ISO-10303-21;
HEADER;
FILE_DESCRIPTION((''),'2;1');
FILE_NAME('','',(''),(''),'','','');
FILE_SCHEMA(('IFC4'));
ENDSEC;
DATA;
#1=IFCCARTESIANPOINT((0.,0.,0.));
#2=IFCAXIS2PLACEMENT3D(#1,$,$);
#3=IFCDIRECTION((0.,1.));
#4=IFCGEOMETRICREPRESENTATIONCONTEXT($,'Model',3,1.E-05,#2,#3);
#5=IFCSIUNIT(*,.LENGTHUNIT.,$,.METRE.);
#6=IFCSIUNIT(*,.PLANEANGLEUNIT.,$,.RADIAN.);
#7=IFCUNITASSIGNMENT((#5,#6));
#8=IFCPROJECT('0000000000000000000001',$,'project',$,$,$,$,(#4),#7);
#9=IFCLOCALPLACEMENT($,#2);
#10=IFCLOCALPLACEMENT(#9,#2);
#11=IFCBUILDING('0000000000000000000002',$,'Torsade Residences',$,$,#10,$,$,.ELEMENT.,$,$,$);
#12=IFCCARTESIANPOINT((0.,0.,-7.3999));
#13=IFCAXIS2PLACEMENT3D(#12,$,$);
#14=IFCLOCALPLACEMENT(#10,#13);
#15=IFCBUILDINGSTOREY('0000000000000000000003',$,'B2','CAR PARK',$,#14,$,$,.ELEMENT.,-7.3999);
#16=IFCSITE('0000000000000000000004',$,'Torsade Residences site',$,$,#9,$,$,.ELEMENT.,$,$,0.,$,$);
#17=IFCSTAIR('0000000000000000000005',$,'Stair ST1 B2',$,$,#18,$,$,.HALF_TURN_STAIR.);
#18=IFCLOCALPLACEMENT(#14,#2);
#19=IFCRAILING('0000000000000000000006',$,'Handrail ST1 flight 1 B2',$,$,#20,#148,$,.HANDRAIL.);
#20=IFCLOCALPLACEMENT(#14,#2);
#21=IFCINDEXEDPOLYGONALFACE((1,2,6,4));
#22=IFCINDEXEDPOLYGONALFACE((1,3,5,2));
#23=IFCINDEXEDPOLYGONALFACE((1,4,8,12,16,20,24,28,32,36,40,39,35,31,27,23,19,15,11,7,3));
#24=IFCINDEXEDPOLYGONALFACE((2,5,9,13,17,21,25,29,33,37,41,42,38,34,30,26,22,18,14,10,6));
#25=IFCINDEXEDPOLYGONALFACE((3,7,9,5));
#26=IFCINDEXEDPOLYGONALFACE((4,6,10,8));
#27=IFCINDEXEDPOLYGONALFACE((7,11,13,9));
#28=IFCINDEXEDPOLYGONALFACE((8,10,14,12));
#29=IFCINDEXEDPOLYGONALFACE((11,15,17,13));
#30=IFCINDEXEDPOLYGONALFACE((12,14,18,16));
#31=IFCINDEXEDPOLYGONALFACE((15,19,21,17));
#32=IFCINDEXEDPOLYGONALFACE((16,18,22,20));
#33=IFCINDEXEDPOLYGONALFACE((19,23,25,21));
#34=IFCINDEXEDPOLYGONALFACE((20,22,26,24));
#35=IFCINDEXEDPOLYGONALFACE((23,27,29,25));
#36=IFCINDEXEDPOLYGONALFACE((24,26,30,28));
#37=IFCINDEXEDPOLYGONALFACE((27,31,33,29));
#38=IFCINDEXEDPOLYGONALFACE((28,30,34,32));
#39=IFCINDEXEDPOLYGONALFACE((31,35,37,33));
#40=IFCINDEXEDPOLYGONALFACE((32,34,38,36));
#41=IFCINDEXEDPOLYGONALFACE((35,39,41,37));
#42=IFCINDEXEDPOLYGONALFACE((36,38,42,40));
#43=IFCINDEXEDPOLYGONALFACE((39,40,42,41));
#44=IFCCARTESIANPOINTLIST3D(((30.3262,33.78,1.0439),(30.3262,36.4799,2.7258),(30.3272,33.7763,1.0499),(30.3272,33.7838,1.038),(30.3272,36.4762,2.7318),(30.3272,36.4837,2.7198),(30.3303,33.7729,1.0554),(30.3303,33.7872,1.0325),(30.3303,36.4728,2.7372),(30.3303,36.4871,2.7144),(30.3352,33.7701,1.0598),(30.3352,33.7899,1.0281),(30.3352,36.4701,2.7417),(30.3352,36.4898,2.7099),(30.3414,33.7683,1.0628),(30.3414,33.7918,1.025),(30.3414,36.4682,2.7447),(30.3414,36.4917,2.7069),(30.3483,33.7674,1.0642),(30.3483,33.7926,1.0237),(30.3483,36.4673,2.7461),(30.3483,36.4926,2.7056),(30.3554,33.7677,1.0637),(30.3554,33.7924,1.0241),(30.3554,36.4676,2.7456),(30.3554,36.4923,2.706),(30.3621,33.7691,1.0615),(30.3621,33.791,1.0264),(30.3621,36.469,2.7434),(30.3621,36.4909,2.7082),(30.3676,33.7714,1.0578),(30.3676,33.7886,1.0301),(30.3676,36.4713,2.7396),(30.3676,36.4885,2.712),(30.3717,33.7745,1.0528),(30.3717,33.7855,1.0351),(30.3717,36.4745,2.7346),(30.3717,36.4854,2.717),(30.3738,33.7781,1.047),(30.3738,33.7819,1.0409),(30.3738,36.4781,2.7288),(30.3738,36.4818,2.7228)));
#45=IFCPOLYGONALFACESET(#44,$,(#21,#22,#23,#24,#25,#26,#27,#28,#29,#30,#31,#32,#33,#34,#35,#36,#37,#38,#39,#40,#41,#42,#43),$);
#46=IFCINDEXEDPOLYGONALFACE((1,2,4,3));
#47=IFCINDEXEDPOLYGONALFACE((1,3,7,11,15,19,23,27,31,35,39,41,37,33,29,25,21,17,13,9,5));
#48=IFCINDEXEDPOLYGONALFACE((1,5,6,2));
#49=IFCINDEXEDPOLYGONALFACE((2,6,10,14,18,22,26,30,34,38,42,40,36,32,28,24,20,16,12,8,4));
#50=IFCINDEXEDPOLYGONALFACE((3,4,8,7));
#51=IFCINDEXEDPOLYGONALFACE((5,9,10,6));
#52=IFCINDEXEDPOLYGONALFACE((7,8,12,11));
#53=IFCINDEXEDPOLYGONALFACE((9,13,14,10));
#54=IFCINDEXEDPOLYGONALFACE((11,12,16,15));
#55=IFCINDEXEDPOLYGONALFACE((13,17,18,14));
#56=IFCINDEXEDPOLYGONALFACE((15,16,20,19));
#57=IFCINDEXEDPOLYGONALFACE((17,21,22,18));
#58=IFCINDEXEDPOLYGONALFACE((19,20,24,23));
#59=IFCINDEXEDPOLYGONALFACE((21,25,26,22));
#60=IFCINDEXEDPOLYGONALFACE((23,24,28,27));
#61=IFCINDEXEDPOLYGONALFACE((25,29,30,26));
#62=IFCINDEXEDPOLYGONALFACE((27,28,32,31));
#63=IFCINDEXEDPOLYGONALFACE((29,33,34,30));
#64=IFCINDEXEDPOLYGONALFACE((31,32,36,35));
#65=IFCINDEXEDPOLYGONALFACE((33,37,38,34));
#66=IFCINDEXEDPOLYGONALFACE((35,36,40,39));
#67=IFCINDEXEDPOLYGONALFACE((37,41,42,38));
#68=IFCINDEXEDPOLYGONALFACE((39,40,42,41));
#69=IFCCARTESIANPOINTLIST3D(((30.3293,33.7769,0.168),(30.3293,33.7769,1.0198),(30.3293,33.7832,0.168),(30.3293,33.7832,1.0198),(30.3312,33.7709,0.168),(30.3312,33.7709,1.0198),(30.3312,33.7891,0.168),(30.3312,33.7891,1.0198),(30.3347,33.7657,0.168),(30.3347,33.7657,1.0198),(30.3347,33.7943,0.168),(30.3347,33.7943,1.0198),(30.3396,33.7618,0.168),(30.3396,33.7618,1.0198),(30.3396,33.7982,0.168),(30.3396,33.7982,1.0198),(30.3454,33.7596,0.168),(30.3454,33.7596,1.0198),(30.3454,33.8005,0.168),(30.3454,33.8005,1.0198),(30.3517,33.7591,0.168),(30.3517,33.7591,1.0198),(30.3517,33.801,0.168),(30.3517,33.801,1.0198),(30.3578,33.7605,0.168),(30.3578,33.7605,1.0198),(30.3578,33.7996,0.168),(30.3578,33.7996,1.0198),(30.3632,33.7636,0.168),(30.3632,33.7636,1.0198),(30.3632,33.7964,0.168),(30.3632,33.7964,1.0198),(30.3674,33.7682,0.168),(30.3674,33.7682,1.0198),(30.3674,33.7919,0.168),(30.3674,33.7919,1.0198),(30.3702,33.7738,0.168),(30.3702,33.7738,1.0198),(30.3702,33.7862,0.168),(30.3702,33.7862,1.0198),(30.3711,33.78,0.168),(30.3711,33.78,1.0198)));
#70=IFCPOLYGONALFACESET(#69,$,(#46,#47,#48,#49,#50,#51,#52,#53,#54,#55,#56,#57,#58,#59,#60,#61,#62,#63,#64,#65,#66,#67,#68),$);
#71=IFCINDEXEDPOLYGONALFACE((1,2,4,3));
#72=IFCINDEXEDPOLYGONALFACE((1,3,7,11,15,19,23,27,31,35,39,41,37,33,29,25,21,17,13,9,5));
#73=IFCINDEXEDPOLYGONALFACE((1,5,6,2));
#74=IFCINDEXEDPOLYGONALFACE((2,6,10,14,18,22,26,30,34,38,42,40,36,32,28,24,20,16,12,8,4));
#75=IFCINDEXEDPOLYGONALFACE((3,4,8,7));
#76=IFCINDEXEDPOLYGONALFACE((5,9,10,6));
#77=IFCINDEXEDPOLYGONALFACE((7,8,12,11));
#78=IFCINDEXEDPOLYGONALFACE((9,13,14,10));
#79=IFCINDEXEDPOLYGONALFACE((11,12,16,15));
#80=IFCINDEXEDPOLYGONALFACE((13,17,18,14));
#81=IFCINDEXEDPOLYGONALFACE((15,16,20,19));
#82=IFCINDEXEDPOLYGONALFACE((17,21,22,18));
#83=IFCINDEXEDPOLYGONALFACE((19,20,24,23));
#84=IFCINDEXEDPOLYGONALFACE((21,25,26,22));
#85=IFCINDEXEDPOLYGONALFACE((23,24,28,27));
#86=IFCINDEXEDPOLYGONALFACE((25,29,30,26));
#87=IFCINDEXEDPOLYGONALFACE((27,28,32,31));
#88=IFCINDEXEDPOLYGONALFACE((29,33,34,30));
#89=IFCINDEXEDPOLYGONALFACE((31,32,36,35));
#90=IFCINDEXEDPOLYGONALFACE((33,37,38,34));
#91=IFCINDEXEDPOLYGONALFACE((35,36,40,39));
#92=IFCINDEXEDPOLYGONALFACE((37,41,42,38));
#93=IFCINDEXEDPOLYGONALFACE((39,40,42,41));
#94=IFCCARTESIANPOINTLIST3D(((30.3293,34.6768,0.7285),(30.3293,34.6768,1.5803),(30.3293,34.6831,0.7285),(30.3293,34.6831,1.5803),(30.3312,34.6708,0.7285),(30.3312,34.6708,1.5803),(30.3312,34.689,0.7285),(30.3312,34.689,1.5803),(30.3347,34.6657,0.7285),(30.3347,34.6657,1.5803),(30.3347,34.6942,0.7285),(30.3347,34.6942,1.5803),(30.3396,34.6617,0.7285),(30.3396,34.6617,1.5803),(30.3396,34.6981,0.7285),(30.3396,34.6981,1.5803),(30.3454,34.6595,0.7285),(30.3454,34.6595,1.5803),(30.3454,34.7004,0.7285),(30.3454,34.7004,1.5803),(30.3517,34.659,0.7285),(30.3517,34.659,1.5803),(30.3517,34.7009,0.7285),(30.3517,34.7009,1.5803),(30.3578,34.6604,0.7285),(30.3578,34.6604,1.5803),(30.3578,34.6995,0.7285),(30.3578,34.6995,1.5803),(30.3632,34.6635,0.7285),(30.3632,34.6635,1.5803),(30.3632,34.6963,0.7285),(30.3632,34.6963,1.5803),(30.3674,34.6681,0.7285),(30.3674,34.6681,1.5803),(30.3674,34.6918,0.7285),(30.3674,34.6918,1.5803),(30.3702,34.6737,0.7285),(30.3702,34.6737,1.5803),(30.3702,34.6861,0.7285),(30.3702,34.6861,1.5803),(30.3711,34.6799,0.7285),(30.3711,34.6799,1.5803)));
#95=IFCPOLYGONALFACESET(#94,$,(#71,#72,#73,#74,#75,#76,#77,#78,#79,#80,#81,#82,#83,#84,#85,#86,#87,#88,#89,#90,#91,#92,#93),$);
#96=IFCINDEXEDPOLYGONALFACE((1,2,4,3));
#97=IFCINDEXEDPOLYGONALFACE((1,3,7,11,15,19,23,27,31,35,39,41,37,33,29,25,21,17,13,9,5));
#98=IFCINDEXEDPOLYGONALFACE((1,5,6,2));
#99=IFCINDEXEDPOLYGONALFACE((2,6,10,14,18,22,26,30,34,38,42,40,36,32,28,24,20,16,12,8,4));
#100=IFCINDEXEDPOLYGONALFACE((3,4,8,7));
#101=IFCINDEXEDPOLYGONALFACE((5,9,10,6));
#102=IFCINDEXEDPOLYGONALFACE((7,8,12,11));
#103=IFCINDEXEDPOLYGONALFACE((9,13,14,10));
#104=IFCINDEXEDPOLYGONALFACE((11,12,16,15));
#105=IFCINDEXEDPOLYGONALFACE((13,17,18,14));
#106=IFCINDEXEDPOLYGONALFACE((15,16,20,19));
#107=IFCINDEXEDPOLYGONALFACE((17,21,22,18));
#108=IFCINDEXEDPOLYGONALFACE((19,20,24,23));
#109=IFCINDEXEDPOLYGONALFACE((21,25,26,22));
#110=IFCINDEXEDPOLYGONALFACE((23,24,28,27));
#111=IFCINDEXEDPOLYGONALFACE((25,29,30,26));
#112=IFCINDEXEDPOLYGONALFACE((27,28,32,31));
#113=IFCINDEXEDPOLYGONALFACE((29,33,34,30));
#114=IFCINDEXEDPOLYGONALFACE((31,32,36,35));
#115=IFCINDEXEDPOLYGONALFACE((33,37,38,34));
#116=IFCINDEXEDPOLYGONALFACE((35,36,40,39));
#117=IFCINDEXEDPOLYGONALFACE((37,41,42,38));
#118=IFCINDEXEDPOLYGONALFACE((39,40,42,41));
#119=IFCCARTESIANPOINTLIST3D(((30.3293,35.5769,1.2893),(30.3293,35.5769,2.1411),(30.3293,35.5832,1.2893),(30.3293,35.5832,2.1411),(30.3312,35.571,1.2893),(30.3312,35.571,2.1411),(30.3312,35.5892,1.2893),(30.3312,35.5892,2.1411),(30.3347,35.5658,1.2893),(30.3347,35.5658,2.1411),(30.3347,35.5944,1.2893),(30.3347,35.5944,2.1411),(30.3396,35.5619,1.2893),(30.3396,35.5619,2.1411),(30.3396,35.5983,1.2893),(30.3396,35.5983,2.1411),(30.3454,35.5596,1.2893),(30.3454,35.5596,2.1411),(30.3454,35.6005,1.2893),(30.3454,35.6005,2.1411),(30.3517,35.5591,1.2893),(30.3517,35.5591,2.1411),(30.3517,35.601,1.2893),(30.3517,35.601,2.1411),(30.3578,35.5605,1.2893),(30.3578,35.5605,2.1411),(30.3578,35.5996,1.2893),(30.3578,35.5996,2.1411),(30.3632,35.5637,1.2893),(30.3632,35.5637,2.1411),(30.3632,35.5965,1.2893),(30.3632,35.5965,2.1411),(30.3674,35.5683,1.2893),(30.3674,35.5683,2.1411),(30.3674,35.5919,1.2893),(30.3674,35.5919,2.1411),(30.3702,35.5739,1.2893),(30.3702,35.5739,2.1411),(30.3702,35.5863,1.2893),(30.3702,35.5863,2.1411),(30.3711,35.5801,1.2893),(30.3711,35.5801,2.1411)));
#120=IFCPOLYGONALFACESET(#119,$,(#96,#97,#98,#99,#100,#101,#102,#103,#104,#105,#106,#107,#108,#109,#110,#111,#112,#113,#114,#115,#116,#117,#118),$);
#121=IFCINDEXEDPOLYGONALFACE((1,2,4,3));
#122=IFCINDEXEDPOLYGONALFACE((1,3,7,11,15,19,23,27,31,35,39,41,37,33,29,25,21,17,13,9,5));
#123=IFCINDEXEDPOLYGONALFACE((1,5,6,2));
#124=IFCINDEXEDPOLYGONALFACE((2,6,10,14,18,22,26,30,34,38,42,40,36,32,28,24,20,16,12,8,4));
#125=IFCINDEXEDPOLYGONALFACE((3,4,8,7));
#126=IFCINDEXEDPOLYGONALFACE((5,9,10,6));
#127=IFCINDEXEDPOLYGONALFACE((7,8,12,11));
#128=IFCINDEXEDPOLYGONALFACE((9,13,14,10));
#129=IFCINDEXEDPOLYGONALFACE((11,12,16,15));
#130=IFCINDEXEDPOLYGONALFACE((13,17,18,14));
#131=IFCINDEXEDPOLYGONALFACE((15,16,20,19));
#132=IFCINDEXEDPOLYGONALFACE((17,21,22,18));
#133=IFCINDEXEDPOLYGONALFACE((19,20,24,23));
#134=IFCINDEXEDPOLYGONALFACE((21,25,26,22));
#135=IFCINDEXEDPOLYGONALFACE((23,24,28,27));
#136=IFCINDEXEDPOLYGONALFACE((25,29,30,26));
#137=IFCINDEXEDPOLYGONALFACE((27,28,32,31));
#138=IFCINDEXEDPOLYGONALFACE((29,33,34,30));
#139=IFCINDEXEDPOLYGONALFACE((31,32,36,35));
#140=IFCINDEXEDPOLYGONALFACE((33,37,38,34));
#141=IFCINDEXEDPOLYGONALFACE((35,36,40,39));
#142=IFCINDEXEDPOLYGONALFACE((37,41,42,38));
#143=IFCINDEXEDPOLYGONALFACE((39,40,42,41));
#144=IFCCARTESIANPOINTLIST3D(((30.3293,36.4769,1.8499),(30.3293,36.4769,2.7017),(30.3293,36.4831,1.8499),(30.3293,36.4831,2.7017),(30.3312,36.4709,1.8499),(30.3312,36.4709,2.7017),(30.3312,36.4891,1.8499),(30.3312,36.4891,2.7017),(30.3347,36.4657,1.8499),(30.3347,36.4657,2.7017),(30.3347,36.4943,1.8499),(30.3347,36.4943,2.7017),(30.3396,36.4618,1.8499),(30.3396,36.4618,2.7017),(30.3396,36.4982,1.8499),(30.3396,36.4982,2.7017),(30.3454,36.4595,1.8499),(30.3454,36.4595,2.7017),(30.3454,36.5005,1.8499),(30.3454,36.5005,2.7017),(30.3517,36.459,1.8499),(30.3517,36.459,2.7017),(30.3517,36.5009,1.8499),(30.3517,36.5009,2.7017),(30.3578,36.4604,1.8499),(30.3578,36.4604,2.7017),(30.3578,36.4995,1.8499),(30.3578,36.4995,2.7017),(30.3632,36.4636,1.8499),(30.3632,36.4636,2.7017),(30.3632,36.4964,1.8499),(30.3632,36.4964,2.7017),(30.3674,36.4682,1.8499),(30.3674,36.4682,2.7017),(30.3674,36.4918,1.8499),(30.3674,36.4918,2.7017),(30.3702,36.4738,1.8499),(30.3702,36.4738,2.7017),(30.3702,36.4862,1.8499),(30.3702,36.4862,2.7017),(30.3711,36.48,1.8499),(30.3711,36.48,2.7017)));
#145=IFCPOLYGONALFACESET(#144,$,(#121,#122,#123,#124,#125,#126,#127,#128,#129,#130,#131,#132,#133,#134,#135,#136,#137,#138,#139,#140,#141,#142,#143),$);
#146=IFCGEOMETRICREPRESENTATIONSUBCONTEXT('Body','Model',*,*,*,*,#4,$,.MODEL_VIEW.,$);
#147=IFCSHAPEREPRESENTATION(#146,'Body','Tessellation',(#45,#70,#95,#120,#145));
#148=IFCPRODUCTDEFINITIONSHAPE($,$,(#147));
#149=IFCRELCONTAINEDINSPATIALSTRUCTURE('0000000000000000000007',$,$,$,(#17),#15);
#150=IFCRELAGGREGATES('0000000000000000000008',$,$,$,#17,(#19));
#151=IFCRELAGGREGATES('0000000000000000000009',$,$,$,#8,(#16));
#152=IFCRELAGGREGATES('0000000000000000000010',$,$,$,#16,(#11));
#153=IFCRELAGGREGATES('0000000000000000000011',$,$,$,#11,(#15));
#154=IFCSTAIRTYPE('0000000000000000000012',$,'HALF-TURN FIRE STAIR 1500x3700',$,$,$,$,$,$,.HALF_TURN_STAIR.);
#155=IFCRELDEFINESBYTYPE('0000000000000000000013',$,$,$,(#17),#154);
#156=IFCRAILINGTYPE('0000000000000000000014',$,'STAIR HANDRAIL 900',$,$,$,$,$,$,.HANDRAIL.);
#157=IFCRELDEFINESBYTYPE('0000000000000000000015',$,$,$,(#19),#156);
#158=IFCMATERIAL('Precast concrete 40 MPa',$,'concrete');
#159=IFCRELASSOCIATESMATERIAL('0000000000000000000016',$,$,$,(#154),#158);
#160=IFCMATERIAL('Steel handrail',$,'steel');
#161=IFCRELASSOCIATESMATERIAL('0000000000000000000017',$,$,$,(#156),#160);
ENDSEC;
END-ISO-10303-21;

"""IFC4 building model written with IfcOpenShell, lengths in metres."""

from ifc_helpers import new_model, si_unit, direction, frame, origin, origin_2d, place, context, subcontext, project, spatial, circle, extrude, material, type_object, element, aggregate, save


model = new_model("IFC4")

# Units and contexts
model_context = context("Model", 3, precision=1e-05, world=origin(), true_north=direction((0.0, 1.0)))
body_context = subcontext(model_context, "Body", "Model", "MODEL_VIEW")
ifc_project = project(units=[si_unit("LENGTHUNIT", "METRE"), si_unit("PLANEANGLEUNIT", "RADIAN")], contexts=[model_context])

# Site, building, storey
site_placement = place(None, origin())
site = spatial("IfcSite", under=ifc_project, at=site_placement, Name="Torsade Residences site", CompositionType="ELEMENT", RefElevation=0.0)
building_placement = place(site_placement, origin())
building = spatial("IfcBuilding", under=site, at=building_placement, Name="Torsade Residences", CompositionType="ELEMENT")
storey_placement = place(building_placement, frame((0.0, 0.0, -7.3999)))
storey = spatial("IfcBuildingStorey", under=building, at=storey_placement, Name="B2", Description="CAR PARK", CompositionType="ELEMENT", Elevation=-7.3999)

# Stair, railing
ifc_material_1 = material(Name="Precast concrete 40 MPa", Category="concrete")
stair_type = type_object("IfcStairType", Name="HALF-TURN FIRE STAIR 1500x3700", PredefinedType="HALF_TURN_STAIR", material=ifc_material_1)
stair_placement = place(storey_placement, origin())
stair = element("IfcStair", 1, at=stair_placement, inside=storey, type_object=stair_type, Name="Stair ST1 B2", PredefinedType="HALF_TURN_STAIR")
ifc_material_2 = material(Name="Steel handrail", Category="steel")
railing_type = type_object("IfcRailingType", Name="STAIR HANDRAIL 900", PredefinedType="HANDRAIL", material=ifc_material_2)
railing_1_placement = place(storey_placement, frame((30.3501, 33.78, 0.168)))
railing_1 = element("IfcRailing", 2, at=railing_1_placement, type_object=railing_type, Name="Handrail ST1 flight 1 B2", PredefinedType="HANDRAIL", context=body_context, shape_type="SweptSolid", body=[
    extrude(circle(Radius=0.0239, at=origin_2d()), frame((0.0, 0.0, 0.876), z_axis=(0.0, 0.848786, 0.528736), x_axis=(-1.0, 0.0, 0.0)), (0.0, 0.0, 1.0), 3.1809),
    extrude(circle(Radius=0.021, at=origin_2d()), origin(), (0.0, 0.0, 1.0), 0.8518),
    extrude(circle(Radius=0.021, at=origin_2d()), frame((0.0, 0.8999, 0.5605)), (0.0, 0.0, 1.0), 0.8518),
    extrude(circle(Radius=0.021, at=origin_2d()), frame((0.0, 1.8, 1.1213)), (0.0, 0.0, 1.0), 0.8518),
    extrude(circle(Radius=0.021, at=origin_2d()), frame((0.0, 2.7, 1.6819)), (0.0, 0.0, 1.0), 0.8518),
])
aggregate(stair, [railing_1])

save(model, "model.ifc")
